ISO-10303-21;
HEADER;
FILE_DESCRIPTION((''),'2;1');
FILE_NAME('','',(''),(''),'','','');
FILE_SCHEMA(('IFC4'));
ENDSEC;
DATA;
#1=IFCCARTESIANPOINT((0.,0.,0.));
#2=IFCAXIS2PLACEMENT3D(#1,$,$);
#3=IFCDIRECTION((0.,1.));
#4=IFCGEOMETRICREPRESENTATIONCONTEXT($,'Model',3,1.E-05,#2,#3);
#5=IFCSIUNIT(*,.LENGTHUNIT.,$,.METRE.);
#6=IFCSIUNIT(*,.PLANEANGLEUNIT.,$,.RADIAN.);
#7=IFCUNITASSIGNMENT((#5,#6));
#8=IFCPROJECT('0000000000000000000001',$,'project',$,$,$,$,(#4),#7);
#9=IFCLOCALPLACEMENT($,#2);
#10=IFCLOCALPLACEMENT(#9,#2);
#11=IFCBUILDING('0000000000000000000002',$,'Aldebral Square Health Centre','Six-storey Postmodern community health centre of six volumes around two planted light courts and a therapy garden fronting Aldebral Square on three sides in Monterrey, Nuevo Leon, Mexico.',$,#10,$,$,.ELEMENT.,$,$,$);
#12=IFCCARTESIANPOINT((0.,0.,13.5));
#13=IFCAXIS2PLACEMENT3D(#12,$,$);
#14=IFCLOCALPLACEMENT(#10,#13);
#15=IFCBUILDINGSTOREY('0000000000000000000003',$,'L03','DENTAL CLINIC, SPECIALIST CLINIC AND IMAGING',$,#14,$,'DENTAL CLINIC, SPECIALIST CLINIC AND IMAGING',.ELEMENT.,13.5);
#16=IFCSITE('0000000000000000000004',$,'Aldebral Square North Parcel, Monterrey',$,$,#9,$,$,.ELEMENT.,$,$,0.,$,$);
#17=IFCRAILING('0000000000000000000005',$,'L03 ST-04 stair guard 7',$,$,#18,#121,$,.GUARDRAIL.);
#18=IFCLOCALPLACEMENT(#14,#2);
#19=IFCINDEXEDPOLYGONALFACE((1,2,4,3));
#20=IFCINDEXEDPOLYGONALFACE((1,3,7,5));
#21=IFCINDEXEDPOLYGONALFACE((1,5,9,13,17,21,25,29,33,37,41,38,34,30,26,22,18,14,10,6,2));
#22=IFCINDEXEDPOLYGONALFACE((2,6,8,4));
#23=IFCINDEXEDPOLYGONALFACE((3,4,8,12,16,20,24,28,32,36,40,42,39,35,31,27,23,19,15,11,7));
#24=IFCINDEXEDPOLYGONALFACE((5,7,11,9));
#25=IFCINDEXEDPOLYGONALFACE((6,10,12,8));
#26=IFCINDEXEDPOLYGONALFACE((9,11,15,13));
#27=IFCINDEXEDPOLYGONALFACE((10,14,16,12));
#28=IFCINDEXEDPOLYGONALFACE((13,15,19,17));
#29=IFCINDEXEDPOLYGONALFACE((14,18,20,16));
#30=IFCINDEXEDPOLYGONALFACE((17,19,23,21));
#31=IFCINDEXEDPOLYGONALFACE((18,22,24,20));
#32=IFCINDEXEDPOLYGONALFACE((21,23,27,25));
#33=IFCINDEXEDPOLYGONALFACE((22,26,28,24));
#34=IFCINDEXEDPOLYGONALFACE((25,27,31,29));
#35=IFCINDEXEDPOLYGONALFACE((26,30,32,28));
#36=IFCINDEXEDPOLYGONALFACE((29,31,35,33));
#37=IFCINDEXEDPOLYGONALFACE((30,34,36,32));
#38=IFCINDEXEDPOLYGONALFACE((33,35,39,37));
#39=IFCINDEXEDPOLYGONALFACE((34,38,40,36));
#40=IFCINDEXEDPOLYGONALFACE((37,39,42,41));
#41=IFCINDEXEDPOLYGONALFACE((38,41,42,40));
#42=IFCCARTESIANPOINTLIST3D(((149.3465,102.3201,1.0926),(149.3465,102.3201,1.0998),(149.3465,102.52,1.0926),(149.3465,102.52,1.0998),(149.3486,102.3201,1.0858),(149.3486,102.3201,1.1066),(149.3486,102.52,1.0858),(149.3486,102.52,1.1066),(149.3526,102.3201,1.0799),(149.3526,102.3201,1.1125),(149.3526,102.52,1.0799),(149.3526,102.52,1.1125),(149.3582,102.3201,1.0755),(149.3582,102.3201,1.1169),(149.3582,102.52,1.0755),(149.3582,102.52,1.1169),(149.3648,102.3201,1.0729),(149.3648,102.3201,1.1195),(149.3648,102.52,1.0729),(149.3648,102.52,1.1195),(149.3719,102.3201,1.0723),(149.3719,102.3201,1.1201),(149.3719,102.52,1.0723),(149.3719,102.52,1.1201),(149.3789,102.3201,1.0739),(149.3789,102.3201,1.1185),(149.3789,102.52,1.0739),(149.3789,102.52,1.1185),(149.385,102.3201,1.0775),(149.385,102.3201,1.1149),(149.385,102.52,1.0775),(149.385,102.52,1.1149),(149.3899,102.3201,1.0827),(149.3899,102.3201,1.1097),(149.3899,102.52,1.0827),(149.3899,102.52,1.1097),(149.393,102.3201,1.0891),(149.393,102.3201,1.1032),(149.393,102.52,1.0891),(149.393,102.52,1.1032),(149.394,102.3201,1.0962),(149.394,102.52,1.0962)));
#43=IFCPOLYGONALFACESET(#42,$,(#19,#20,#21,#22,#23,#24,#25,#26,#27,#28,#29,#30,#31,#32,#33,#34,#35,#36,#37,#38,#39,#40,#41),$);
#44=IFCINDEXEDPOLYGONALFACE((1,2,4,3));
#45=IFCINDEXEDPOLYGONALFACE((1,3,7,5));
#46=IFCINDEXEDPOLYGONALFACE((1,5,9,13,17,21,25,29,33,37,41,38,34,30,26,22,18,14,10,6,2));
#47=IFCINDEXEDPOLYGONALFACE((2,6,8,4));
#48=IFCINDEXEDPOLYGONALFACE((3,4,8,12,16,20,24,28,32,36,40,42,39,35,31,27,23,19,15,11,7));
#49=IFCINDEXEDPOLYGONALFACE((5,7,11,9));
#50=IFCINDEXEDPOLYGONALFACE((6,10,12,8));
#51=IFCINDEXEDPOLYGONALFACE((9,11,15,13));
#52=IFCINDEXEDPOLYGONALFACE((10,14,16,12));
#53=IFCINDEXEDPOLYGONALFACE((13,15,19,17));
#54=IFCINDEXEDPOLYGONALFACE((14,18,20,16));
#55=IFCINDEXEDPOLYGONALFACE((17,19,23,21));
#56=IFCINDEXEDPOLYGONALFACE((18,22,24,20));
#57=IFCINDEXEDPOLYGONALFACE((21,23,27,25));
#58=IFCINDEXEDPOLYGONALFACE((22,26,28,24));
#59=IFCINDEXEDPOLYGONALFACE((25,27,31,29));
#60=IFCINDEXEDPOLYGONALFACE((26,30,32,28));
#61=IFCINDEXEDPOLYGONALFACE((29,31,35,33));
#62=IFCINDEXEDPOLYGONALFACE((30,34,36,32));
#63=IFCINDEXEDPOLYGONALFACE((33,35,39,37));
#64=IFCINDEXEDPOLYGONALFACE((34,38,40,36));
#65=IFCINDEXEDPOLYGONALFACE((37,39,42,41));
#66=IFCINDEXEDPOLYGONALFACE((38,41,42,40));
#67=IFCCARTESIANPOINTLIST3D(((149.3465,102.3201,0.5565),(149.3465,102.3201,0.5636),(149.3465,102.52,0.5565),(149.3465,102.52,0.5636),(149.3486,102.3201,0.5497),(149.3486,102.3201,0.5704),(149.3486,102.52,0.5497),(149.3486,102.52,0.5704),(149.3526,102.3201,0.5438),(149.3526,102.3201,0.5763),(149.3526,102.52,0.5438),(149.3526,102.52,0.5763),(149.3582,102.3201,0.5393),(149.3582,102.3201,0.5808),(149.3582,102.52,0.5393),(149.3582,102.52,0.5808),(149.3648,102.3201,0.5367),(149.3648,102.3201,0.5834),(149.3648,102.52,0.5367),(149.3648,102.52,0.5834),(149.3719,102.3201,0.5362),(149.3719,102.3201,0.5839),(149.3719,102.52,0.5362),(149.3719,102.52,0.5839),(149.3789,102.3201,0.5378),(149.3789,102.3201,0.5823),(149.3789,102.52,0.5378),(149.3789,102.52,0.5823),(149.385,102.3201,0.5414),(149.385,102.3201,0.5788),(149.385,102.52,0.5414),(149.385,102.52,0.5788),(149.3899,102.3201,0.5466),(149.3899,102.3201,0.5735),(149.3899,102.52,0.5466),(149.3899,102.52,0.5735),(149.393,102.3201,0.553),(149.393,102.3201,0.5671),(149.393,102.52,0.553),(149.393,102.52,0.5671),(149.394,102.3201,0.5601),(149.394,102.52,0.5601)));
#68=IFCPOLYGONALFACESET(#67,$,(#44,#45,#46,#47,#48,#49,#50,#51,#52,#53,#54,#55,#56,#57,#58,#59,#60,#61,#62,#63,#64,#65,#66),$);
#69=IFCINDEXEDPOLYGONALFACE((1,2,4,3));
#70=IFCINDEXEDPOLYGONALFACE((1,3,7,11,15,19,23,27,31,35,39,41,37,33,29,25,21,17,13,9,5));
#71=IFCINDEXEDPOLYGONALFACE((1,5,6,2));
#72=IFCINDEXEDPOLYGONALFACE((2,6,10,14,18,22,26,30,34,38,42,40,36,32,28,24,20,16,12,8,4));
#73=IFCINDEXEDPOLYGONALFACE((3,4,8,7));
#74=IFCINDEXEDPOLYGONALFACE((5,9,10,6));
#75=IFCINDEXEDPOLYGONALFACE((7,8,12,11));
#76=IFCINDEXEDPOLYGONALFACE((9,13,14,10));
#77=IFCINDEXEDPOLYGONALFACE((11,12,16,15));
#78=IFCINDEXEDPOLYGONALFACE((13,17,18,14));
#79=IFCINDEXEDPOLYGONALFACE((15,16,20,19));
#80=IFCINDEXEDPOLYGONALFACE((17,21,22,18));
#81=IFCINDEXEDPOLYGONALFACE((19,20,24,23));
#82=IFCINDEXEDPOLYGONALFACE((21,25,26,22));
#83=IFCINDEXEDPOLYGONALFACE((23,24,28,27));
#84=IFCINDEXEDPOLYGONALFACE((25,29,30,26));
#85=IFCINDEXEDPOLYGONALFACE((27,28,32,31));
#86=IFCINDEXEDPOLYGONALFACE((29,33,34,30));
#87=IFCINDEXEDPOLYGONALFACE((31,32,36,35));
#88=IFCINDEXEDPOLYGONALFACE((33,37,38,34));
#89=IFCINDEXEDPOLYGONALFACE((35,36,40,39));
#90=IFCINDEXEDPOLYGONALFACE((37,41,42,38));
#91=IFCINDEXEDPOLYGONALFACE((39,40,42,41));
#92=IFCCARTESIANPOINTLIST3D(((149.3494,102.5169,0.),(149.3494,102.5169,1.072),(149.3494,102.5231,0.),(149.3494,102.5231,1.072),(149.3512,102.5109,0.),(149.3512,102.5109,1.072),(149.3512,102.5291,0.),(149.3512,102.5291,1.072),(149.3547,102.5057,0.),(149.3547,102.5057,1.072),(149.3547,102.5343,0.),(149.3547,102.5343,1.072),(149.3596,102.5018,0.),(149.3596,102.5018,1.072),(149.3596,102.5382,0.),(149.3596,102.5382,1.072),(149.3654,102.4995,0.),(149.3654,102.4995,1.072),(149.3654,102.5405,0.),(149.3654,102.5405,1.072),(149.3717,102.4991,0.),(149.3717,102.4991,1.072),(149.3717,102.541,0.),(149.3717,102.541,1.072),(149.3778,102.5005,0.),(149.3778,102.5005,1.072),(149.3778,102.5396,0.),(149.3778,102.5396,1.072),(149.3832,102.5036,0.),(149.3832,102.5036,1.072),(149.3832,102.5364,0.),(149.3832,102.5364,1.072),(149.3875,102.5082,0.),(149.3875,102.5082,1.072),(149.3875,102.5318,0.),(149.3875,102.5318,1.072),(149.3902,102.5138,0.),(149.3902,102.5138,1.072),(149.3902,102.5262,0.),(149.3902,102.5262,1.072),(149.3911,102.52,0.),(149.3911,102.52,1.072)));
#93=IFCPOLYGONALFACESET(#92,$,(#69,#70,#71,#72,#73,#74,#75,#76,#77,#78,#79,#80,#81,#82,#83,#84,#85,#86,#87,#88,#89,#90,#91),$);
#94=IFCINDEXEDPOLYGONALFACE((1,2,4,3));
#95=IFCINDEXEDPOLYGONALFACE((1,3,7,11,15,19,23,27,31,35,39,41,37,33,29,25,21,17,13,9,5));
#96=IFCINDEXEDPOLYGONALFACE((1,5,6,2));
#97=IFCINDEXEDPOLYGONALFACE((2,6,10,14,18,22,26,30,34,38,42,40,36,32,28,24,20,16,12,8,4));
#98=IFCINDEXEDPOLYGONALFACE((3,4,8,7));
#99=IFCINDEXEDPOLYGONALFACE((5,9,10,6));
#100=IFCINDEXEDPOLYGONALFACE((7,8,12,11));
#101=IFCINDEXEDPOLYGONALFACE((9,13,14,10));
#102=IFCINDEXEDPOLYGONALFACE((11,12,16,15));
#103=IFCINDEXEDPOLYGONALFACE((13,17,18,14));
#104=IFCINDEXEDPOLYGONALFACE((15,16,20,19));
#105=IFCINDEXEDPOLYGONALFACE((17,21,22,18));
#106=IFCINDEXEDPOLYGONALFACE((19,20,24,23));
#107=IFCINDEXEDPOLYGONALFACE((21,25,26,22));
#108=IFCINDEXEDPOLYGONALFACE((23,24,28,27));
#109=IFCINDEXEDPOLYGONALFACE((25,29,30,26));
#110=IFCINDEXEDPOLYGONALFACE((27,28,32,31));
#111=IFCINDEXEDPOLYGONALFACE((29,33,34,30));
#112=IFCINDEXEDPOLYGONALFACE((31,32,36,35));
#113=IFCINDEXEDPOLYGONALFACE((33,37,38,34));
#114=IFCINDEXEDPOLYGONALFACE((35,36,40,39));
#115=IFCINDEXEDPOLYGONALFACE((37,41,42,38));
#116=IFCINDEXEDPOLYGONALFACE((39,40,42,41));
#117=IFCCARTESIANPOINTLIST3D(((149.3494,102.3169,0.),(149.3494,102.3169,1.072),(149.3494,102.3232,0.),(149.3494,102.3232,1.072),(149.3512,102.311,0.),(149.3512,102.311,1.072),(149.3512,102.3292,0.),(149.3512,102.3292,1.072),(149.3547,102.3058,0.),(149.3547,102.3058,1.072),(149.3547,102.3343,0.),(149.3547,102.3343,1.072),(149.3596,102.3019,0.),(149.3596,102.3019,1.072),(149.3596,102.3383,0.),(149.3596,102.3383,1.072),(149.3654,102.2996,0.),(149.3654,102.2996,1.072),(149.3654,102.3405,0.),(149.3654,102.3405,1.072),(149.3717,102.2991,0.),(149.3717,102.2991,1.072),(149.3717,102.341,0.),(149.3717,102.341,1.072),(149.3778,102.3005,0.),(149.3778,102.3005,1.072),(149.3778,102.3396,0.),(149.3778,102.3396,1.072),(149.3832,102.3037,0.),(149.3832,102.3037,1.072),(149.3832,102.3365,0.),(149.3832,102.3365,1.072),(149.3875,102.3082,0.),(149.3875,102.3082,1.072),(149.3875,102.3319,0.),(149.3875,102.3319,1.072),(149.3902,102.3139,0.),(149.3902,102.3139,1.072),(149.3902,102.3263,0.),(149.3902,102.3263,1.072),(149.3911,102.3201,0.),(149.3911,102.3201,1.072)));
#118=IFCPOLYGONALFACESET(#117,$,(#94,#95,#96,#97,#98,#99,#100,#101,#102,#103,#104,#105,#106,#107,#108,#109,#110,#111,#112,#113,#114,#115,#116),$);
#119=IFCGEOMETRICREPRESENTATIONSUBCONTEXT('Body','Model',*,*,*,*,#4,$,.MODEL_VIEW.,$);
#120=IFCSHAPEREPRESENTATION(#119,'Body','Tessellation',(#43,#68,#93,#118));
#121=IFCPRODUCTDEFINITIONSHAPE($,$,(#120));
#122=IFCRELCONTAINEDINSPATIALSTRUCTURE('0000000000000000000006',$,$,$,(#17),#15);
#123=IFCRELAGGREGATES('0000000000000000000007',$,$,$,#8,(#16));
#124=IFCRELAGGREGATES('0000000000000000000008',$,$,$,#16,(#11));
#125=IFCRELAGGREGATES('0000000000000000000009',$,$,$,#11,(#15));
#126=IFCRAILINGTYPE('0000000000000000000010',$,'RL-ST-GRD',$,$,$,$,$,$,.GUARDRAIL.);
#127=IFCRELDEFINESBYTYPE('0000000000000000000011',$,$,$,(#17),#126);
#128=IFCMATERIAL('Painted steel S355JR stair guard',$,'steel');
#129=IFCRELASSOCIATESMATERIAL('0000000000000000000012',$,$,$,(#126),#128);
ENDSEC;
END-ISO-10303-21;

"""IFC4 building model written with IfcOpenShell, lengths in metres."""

from ifc_helpers import new_model, si_unit, direction, frame, origin, origin_2d, place, context, subcontext, project, spatial, circle, extrude, material, type_object, element, save


model = new_model("IFC4")

# Units and contexts
model_context = context("Model", 3, precision=1e-05, world=origin(), true_north=direction((0.0, 1.0)))
body_context = subcontext(model_context, "Body", "Model", "MODEL_VIEW")
ifc_project = project(units=[si_unit("LENGTHUNIT", "METRE"), si_unit("PLANEANGLEUNIT", "RADIAN")], contexts=[model_context])

# Site, building, storey
site_placement = place(None, origin())
site = spatial("IfcSite", under=ifc_project, at=site_placement, Name="Aldebral Square North Parcel, Monterrey", CompositionType="ELEMENT", RefElevation=0.0)
building_placement = place(site_placement, origin())
building = spatial("IfcBuilding", under=site, at=building_placement, Name="Aldebral Square Health Centre", Description="Six-storey Postmodern community health centre of six volumes around two planted light courts and a therapy garden fronting Aldebral Square on three sides in Monterrey, Nuevo Leon, Mexico.", CompositionType="ELEMENT")
storey_placement = place(building_placement, frame((0.0, 0.0, 13.5)))
storey = spatial("IfcBuildingStorey", under=building, at=storey_placement, Name="L03", Description="DENTAL CLINIC, SPECIALIST CLINIC AND IMAGING", LongName="DENTAL CLINIC, SPECIALIST CLINIC AND IMAGING", CompositionType="ELEMENT", Elevation=13.5)

# Railing
ifc_material_1 = material(Name="Painted steel S355JR stair guard", Category="steel")
railing_type_1 = type_object("IfcRailingType", Name="RL-ST-GRD", PredefinedType="GUARDRAIL", material=ifc_material_1)
railing_1_placement = place(storey_placement, frame((149.3701, 102.52, 0.0)))
element("IfcRailing", 1, at=railing_1_placement, inside=storey, type_object=railing_type_1, Name="L03 ST-04 stair guard 7", PredefinedType="GUARDRAIL", context=body_context, shape_type="SweptSolid", body=[
    extrude(circle(Radius=0.0239, at=origin_2d()), frame((0.0, 0.0, 1.0962), z_axis=(0.0, -1.0, 0.0), x_axis=(1.0, 0.0, 0.0)), (0.0, 0.0, 1.0), 0.2),
    extrude(circle(Radius=0.0239, at=origin_2d()), frame((0.0, 0.0, 0.5601), z_axis=(0.0, -1.0, 0.0), x_axis=(1.0, 0.0, 0.0)), (0.0, 0.0, 1.0), 0.2),
    extrude(circle(Radius=0.021, at=origin_2d()), origin(), (0.0, 0.0, 1.0), 1.072),
    extrude(circle(Radius=0.021, at=origin_2d()), frame((0.0, -0.2, 0.0)), (0.0, 0.0, 1.0), 1.072),
])

save(model, "model.ifc")
